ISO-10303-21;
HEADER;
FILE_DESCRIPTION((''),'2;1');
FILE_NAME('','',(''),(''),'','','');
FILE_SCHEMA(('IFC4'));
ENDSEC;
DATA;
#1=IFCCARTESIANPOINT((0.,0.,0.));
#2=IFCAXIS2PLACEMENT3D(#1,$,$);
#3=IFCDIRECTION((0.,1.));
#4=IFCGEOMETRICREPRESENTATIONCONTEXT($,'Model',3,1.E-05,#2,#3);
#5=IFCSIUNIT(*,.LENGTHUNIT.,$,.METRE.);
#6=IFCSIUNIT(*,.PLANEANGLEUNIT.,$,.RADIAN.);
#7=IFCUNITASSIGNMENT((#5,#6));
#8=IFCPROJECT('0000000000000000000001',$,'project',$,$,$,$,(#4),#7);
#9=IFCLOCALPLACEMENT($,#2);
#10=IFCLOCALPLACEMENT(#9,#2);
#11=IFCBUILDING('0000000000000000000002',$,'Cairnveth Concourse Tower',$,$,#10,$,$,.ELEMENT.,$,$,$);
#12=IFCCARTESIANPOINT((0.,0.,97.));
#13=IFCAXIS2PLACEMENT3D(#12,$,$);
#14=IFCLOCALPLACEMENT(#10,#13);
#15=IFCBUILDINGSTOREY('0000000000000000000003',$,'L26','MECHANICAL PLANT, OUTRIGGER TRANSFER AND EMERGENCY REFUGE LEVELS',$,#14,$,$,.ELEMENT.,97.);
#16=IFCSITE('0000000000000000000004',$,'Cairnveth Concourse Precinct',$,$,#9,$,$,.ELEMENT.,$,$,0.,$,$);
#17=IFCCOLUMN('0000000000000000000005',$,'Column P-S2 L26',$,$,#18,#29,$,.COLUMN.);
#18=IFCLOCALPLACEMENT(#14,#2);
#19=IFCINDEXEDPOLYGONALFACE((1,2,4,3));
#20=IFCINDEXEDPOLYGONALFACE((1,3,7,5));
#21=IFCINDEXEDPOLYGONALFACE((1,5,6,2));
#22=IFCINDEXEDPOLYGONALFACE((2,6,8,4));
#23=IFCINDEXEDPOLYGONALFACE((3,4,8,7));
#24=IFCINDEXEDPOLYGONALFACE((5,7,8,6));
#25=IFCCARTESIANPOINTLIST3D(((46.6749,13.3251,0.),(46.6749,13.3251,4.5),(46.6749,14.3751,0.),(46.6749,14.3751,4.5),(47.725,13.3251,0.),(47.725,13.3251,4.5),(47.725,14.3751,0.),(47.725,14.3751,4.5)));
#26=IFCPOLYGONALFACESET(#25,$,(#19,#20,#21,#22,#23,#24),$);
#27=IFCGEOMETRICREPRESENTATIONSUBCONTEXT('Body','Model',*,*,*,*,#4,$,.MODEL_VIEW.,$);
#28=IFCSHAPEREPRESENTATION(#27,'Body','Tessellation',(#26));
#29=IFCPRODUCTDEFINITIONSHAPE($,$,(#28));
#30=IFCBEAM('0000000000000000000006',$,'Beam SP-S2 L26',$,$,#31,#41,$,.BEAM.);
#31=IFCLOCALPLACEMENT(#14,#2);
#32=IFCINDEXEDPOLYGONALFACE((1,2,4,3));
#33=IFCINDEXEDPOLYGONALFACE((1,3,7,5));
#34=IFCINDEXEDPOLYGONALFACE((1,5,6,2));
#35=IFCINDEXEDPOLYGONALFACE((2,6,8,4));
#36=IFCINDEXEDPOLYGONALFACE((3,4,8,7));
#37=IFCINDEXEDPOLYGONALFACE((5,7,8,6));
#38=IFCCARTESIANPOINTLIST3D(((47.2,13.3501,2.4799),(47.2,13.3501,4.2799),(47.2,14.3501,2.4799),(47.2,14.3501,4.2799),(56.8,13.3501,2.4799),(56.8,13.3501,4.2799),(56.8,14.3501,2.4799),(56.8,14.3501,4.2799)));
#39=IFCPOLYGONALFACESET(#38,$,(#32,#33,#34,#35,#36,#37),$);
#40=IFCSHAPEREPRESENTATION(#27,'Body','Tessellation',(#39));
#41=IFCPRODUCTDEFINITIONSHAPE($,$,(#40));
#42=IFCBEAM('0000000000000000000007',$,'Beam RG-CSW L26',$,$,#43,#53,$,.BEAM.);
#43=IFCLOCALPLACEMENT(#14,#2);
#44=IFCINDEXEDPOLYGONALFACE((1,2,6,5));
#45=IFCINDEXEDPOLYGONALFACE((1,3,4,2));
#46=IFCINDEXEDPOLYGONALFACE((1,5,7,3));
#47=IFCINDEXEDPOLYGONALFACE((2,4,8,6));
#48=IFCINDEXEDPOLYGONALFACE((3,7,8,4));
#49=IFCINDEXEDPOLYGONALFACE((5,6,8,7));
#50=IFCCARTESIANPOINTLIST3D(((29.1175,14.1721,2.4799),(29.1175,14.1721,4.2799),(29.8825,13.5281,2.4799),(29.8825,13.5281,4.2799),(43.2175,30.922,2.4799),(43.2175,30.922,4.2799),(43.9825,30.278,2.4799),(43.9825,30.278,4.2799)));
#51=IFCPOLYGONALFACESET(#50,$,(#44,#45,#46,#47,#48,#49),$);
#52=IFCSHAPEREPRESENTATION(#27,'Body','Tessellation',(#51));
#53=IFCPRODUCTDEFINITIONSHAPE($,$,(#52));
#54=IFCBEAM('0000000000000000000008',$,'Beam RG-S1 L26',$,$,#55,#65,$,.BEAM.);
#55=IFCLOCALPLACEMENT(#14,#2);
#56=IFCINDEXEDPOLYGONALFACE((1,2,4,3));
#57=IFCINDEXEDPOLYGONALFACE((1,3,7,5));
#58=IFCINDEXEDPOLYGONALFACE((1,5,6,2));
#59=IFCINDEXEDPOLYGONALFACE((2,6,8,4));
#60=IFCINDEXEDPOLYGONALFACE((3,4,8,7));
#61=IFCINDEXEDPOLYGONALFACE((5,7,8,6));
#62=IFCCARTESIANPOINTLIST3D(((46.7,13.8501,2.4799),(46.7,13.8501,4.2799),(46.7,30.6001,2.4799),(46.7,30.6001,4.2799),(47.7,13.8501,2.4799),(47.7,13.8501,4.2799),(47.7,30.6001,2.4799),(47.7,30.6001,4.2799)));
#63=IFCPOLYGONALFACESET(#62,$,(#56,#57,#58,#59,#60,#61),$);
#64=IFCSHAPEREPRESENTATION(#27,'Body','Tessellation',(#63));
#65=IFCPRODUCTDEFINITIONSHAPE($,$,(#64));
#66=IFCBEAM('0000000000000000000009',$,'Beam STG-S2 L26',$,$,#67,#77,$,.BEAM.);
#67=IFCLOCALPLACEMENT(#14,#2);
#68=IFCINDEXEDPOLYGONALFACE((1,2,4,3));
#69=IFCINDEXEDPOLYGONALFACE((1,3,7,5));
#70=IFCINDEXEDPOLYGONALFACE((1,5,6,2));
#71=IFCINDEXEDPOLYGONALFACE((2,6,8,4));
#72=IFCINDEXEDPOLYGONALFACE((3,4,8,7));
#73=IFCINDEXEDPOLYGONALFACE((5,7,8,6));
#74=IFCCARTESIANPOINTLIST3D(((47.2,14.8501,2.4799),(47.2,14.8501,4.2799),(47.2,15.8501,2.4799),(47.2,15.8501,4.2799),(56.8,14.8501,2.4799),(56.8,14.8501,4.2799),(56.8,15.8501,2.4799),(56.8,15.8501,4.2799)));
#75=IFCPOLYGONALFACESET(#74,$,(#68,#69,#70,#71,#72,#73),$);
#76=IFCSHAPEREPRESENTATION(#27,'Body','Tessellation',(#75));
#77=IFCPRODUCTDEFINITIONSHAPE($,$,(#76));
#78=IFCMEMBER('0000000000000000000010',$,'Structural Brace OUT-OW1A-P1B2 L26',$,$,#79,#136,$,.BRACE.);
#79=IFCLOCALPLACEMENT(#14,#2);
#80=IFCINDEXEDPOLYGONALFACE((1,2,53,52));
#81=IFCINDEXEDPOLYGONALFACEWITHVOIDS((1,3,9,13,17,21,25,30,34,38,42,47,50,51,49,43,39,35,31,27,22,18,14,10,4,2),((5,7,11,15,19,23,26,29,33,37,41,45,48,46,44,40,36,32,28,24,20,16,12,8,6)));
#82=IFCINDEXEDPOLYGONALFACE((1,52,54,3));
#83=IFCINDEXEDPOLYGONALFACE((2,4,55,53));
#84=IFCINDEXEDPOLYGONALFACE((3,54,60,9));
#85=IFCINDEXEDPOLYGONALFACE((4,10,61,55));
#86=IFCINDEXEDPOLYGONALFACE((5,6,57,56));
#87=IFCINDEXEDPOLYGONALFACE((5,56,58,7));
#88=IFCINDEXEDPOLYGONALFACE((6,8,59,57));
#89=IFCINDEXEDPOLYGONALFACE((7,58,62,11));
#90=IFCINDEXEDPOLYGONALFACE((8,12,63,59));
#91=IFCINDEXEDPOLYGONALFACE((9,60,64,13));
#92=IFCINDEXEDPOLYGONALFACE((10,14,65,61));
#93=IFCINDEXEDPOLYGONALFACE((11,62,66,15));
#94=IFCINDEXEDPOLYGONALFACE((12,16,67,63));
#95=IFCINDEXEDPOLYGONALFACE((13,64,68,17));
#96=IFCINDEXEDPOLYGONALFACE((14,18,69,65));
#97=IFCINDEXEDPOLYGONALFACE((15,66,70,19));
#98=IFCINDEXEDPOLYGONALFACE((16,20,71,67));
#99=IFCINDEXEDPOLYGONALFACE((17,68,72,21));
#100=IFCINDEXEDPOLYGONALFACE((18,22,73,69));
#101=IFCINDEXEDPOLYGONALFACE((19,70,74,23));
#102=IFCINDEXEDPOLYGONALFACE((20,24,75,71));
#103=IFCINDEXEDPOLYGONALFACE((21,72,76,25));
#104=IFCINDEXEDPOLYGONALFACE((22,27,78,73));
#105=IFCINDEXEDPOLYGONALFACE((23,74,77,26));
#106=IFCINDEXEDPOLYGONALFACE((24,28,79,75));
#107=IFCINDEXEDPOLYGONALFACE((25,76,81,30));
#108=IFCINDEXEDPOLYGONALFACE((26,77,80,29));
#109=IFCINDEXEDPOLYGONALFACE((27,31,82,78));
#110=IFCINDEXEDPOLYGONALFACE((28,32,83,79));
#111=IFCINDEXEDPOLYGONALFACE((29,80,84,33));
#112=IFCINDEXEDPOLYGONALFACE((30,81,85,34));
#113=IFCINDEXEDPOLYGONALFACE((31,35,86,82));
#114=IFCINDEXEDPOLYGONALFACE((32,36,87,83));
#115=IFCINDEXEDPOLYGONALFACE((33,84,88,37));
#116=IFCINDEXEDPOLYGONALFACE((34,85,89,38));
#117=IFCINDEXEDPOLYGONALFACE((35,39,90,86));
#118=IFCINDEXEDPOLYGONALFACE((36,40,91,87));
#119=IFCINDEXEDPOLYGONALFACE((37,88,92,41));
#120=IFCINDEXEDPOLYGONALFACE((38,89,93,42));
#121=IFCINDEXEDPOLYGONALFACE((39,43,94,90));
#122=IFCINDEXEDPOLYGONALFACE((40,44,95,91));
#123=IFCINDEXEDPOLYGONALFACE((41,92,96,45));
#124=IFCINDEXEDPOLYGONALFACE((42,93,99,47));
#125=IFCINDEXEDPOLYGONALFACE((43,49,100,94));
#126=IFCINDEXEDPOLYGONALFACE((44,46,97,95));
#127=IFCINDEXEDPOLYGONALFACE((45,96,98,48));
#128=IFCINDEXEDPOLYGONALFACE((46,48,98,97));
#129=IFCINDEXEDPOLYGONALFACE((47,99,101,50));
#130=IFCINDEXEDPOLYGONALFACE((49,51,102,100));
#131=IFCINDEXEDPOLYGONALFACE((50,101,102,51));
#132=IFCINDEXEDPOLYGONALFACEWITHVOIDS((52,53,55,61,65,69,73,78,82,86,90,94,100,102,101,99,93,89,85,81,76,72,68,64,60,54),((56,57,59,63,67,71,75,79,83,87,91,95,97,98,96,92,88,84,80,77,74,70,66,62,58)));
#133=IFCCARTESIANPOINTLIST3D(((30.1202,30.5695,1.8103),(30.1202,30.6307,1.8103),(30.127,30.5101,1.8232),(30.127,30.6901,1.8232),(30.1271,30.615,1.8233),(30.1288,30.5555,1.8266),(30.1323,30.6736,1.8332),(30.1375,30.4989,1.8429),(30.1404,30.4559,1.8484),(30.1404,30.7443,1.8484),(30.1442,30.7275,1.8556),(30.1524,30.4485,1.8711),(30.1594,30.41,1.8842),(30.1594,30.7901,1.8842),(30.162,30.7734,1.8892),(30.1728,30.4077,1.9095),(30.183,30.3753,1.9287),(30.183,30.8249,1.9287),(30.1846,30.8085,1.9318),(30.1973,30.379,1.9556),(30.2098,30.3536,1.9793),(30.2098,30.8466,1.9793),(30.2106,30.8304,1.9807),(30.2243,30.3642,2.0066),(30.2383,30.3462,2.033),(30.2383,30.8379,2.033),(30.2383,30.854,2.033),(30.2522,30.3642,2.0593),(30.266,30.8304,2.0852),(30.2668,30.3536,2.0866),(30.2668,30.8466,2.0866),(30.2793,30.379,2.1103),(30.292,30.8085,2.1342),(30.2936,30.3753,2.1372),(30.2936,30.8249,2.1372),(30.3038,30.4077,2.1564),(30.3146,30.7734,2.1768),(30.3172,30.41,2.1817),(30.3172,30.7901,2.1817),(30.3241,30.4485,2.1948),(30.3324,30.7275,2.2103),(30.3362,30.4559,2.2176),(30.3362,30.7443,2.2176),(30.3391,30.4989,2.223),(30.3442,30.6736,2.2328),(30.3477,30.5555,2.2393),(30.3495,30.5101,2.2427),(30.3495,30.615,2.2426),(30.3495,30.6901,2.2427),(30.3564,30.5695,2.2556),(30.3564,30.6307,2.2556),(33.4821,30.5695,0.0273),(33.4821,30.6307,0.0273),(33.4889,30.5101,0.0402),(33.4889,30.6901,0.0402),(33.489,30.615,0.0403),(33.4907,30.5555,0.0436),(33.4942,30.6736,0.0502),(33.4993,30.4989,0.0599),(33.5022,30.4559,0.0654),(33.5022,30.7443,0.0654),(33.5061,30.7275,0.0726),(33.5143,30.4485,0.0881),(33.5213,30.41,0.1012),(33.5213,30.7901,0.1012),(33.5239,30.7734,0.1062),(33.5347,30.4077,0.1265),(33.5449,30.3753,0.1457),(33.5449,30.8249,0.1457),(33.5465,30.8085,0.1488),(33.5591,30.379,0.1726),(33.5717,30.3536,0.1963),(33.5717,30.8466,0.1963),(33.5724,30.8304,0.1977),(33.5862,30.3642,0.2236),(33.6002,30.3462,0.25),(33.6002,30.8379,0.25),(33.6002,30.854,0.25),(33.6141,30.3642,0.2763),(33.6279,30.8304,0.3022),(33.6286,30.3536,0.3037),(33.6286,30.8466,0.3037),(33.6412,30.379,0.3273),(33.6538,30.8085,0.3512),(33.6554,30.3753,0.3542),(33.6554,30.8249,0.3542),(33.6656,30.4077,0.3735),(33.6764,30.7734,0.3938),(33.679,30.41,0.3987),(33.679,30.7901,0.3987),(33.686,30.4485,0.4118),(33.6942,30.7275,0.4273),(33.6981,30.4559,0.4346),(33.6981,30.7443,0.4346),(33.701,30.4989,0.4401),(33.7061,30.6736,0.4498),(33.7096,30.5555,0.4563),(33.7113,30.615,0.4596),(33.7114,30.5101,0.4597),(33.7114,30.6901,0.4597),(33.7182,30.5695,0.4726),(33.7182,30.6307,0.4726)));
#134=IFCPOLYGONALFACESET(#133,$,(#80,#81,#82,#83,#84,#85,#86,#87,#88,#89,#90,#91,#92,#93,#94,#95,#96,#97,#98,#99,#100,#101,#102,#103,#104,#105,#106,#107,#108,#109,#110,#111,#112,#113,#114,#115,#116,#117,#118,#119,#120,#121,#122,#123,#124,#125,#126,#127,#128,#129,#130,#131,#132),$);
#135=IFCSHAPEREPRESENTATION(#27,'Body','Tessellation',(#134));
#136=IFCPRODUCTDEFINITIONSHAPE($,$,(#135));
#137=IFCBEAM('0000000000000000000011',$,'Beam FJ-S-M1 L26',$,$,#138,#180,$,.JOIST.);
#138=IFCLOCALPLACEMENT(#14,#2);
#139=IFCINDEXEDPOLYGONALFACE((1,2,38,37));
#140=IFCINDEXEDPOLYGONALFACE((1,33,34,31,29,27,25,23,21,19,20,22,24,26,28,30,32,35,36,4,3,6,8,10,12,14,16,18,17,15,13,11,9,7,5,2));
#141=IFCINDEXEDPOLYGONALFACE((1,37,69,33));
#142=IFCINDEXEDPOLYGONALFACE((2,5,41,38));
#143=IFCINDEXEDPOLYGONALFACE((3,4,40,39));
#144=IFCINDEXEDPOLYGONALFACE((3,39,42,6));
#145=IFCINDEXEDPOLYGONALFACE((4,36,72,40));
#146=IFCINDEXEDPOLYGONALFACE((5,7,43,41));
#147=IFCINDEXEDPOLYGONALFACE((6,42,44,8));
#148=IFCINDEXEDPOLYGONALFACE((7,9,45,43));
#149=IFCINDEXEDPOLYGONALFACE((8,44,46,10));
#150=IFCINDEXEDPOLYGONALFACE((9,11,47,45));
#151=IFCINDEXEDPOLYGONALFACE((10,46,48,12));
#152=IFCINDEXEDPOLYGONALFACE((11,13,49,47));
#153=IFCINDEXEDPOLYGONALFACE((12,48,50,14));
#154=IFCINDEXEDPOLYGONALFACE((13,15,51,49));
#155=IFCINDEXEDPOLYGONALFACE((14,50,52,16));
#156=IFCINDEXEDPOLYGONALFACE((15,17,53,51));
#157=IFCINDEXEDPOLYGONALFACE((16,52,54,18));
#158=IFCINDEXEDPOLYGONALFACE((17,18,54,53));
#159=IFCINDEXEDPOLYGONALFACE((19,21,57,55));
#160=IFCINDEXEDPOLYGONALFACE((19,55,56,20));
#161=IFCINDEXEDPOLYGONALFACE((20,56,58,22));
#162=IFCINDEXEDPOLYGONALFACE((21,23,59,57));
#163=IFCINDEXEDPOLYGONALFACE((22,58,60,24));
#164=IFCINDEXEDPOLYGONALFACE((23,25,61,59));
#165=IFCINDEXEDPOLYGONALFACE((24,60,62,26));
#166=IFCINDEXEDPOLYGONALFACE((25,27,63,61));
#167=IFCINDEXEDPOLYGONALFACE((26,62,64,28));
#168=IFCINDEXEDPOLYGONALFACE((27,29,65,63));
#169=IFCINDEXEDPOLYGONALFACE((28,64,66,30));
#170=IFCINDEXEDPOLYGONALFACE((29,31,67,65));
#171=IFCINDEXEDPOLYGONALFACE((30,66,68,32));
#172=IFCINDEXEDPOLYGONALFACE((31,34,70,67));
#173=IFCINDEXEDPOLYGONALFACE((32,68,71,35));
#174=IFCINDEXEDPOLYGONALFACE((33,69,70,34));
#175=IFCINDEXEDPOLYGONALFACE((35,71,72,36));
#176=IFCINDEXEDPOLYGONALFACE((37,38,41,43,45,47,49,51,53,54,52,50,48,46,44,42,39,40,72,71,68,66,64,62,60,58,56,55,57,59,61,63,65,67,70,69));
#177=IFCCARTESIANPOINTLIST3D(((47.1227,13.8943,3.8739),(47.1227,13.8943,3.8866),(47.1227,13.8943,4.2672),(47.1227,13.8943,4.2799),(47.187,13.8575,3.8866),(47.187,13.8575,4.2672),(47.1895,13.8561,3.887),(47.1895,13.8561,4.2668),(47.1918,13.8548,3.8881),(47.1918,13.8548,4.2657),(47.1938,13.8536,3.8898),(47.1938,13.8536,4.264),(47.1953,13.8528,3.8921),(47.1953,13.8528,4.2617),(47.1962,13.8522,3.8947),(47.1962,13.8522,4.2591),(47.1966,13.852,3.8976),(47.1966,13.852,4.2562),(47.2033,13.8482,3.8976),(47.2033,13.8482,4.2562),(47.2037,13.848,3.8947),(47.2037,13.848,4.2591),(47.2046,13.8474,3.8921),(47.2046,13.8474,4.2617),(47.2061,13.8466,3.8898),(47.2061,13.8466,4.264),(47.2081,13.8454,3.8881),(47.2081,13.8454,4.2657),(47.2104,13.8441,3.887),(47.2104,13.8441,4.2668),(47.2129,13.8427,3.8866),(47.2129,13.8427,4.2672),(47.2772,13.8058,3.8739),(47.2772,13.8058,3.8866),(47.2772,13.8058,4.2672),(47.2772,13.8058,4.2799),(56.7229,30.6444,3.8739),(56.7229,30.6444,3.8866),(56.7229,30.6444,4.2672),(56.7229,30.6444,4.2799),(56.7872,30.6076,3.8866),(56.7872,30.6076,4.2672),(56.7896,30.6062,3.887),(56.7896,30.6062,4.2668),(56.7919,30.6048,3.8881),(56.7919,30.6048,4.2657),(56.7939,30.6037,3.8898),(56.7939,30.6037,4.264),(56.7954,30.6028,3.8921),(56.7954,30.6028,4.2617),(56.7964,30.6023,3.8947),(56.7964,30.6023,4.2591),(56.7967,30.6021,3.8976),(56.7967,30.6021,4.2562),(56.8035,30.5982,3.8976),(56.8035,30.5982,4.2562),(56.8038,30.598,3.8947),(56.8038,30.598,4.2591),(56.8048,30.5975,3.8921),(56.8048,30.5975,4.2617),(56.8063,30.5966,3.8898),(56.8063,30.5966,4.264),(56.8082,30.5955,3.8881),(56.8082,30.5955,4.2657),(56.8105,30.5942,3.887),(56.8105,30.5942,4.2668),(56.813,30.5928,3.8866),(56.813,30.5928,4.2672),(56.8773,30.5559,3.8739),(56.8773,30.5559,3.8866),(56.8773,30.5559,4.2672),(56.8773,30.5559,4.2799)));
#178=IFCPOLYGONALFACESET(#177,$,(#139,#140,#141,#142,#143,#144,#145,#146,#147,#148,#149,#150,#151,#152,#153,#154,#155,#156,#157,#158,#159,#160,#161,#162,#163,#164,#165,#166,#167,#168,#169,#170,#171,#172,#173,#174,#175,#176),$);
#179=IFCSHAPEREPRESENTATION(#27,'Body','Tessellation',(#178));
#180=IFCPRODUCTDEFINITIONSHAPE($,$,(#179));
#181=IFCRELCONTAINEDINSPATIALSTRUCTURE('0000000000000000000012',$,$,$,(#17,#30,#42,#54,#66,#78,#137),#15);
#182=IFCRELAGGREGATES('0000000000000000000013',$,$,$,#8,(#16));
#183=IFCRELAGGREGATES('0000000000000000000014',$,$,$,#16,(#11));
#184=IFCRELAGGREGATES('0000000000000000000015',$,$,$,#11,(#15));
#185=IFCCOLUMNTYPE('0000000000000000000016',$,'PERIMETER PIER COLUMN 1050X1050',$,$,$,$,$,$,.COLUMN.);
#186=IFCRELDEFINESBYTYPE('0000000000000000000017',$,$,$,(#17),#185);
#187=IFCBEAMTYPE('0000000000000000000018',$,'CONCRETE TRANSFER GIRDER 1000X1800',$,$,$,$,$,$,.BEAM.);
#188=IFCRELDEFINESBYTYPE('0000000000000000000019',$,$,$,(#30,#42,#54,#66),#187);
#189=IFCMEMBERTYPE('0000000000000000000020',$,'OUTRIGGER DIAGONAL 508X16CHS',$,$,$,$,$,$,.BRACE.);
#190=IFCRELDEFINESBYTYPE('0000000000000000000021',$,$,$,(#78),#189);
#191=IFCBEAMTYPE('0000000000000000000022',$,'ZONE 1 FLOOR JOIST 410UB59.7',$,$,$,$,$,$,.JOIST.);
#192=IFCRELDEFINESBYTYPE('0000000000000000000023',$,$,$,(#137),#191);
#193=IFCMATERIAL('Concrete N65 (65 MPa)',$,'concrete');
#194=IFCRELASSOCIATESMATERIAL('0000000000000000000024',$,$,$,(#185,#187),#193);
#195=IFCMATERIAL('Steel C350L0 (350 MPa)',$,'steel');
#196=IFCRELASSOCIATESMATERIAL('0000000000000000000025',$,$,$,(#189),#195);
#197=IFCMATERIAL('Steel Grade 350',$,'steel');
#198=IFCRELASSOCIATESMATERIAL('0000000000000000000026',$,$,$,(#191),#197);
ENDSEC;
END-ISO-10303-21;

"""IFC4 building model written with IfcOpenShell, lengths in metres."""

from ifc_helpers import new_model, si_unit, direction, frame, origin, origin_2d, place, context, subcontext, project, spatial, rectangle, hollow_circle, i_section, extrude, material, material_profile, profile_set, type_object, element, save


model = new_model("IFC4")

# Units and contexts
model_context = context("Model", 3, precision=1e-05, world=origin(), true_north=direction((0.0, 1.0)))
body_context = subcontext(model_context, "Body", "Model", "MODEL_VIEW")
ifc_project = project(units=[si_unit("LENGTHUNIT", "METRE"), si_unit("PLANEANGLEUNIT", "RADIAN")], contexts=[model_context])

# Site, building, storey
site_placement = place(None, origin())
site = spatial("IfcSite", under=ifc_project, at=site_placement, Name="Cairnveth Concourse Precinct", CompositionType="ELEMENT", RefElevation=0.0)
building_placement = place(site_placement, origin())
building = spatial("IfcBuilding", under=site, at=building_placement, Name="Cairnveth Concourse Tower", CompositionType="ELEMENT")
storey_placement = place(building_placement, frame((0.0, 0.0, 97.0)))
storey = spatial("IfcBuildingStorey", under=building, at=storey_placement, Name="L26", Description="MECHANICAL PLANT, OUTRIGGER TRANSFER AND EMERGENCY REFUGE LEVELS", CompositionType="ELEMENT", Elevation=97.0)

# Column
ifc_material_1 = material(Name="Concrete N65 (65 MPa)", Category="concrete")
ifc_material_profile_1 = material_profile(ifc_material_1, rectangle(XDim=1.05, YDim=1.05, at=origin_2d()), Name="RC-COL-1050x1050")
ifc_profile_set_1 = profile_set([ifc_material_profile_1], Name="Concrete N65 (65 MPa)")
column_type = type_object("IfcColumnType", Name="PERIMETER PIER COLUMN 1050X1050", PredefinedType="COLUMN", material=ifc_profile_set_1)
column_placement = place(storey_placement, frame((47.2, 13.8501, 0.0), z_axis=(0.0, 0.0, 1.0), x_axis=(1.0, 0.0, 0.0)))
element("IfcColumn", 1, at=column_placement, inside=storey, type_object=column_type, Name="Column P-S2 L26", PredefinedType="COLUMN", context=body_context, shape_type="SweptSolid", body=[
    extrude(rectangle(XDim=1.05, YDim=1.05, at=origin_2d()), origin(), (0.0, 0.0, 1.0), 4.5),
])

# Beams
ifc_material_profile_2 = material_profile(ifc_material_1, rectangle(XDim=1.0, YDim=1.8, at=origin_2d()), Name="RC-TB-1000x1800")
ifc_profile_set_2 = profile_set([ifc_material_profile_2], Name="Concrete N65 (65 MPa)")
beam_type_1 = type_object("IfcBeamType", Name="CONCRETE TRANSFER GIRDER 1000X1800", PredefinedType="BEAM", material=ifc_profile_set_2)
beam_1_placement = place(storey_placement, frame((47.2, 13.8501, 3.3799), z_axis=(1.0, 0.0, 0.0), x_axis=(0.0, 1.0, 0.0)))
element("IfcBeam", 2, at=beam_1_placement, inside=storey, type_object=beam_type_1, Name="Beam SP-S2 L26", PredefinedType="BEAM", context=body_context, shape_type="SweptSolid", body=[
    extrude(rectangle(XDim=1.0, YDim=1.8, at=origin_2d()), origin(), (0.0, 0.0, 1.0), 9.6001),
])
beam_2_placement = place(storey_placement, frame((29.5, 13.8501, 3.3799), z_axis=(0.643998, 0.765027, 0.0), x_axis=(-0.765027, 0.643998, 0.0)))
element("IfcBeam", 3, at=beam_2_placement, inside=storey, type_object=beam_type_1, Name="Beam RG-CSW L26", PredefinedType="BEAM", context=body_context, shape_type="SweptSolid", body=[
    extrude(rectangle(XDim=1.0, YDim=1.8, at=origin_2d()), origin(), (0.0, 0.0, 1.0), 21.8945),
])
beam_3_placement = place(storey_placement, frame((47.2, 13.8501, 3.3799), z_axis=(0.0, 1.0, 0.0), x_axis=(-1.0, 0.0, 0.0)))
element("IfcBeam", 4, at=beam_3_placement, inside=storey, type_object=beam_type_1, Name="Beam RG-S1 L26", PredefinedType="BEAM", context=body_context, shape_type="SweptSolid", body=[
    extrude(rectangle(XDim=1.0, YDim=1.8, at=origin_2d()), origin(), (0.0, 0.0, 1.0), 16.75),
])
beam_4_placement = place(storey_placement, frame((47.2, 15.3501, 3.3799), z_axis=(1.0, 0.0, 0.0), x_axis=(0.0, 1.0, 0.0)))
element("IfcBeam", 5, at=beam_4_placement, inside=storey, type_object=beam_type_1, Name="Beam STG-S2 L26", PredefinedType="BEAM", context=body_context, shape_type="SweptSolid", body=[
    extrude(rectangle(XDim=1.0, YDim=1.8, at=origin_2d()), origin(), (0.0, 0.0, 1.0), 9.6001),
])

# Member
ifc_material_2 = material(Name="Steel C350L0 (350 MPa)", Category="steel")
ifc_material_profile_3 = material_profile(ifc_material_2, hollow_circle(Radius=0.2539, WallThickness=0.0161, at=origin_2d()), Name="508.0x16.0CHS")
ifc_profile_set_3 = profile_set([ifc_material_profile_3], Name="Steel C350L0 (350 MPa)")
member_type_1 = type_object("IfcMemberType", Name="OUTRIGGER DIAGONAL 508X16CHS", PredefinedType="BRACE", material=ifc_profile_set_3)
member_1_placement = place(storey_placement, frame((30.2383, 30.6001, 2.033), z_axis=(0.883443, 0.0, -0.468539), x_axis=(0.0, 1.0, 0.0)))
element("IfcMember", 6, at=member_1_placement, inside=storey, type_object=member_type_1, Name="Structural Brace OUT-OW1A-P1B2 L26", PredefinedType="BRACE", context=body_context, shape_type="SweptSolid", body=[
    extrude(hollow_circle(Radius=0.2539, WallThickness=0.0161, at=origin_2d()), origin(), (0.0, 0.0, 1.0), 3.8054),
])

# Beam
ifc_material_3 = material(Name="Steel Grade 350", Category="steel")
ifc_material_profile_4 = material_profile(ifc_material_3, i_section(OverallWidth=0.178, OverallDepth=0.406, WebThickness=0.0078, FlangeThickness=0.0127, FilletRadius=0.011, at=origin_2d()), Name="410UB59.7")
ifc_profile_set_4 = profile_set([ifc_material_profile_4], Name="Steel Grade 350")
beam_type_2 = type_object("IfcBeamType", Name="ZONE 1 FLOOR JOIST 410UB59.7", PredefinedType="JOIST", material=ifc_profile_set_4)
beam_5_placement = place(storey_placement, frame((47.2, 13.8501, 4.0769), z_axis=(0.497258, 0.867603, 0.0), x_axis=(-0.867603, 0.497258, 0.0)))
element("IfcBeam", 7, at=beam_5_placement, inside=storey, type_object=beam_type_2, Name="Beam FJ-S-M1 L26", PredefinedType="JOIST", context=body_context, shape_type="SweptSolid", body=[
    extrude(i_section(OverallWidth=0.178, OverallDepth=0.406, WebThickness=0.0078, FlangeThickness=0.0127, FilletRadius=0.011, at=origin_2d()), origin(), (0.0, 0.0, 1.0), 19.3062),
])

save(model, "model.ifc")
